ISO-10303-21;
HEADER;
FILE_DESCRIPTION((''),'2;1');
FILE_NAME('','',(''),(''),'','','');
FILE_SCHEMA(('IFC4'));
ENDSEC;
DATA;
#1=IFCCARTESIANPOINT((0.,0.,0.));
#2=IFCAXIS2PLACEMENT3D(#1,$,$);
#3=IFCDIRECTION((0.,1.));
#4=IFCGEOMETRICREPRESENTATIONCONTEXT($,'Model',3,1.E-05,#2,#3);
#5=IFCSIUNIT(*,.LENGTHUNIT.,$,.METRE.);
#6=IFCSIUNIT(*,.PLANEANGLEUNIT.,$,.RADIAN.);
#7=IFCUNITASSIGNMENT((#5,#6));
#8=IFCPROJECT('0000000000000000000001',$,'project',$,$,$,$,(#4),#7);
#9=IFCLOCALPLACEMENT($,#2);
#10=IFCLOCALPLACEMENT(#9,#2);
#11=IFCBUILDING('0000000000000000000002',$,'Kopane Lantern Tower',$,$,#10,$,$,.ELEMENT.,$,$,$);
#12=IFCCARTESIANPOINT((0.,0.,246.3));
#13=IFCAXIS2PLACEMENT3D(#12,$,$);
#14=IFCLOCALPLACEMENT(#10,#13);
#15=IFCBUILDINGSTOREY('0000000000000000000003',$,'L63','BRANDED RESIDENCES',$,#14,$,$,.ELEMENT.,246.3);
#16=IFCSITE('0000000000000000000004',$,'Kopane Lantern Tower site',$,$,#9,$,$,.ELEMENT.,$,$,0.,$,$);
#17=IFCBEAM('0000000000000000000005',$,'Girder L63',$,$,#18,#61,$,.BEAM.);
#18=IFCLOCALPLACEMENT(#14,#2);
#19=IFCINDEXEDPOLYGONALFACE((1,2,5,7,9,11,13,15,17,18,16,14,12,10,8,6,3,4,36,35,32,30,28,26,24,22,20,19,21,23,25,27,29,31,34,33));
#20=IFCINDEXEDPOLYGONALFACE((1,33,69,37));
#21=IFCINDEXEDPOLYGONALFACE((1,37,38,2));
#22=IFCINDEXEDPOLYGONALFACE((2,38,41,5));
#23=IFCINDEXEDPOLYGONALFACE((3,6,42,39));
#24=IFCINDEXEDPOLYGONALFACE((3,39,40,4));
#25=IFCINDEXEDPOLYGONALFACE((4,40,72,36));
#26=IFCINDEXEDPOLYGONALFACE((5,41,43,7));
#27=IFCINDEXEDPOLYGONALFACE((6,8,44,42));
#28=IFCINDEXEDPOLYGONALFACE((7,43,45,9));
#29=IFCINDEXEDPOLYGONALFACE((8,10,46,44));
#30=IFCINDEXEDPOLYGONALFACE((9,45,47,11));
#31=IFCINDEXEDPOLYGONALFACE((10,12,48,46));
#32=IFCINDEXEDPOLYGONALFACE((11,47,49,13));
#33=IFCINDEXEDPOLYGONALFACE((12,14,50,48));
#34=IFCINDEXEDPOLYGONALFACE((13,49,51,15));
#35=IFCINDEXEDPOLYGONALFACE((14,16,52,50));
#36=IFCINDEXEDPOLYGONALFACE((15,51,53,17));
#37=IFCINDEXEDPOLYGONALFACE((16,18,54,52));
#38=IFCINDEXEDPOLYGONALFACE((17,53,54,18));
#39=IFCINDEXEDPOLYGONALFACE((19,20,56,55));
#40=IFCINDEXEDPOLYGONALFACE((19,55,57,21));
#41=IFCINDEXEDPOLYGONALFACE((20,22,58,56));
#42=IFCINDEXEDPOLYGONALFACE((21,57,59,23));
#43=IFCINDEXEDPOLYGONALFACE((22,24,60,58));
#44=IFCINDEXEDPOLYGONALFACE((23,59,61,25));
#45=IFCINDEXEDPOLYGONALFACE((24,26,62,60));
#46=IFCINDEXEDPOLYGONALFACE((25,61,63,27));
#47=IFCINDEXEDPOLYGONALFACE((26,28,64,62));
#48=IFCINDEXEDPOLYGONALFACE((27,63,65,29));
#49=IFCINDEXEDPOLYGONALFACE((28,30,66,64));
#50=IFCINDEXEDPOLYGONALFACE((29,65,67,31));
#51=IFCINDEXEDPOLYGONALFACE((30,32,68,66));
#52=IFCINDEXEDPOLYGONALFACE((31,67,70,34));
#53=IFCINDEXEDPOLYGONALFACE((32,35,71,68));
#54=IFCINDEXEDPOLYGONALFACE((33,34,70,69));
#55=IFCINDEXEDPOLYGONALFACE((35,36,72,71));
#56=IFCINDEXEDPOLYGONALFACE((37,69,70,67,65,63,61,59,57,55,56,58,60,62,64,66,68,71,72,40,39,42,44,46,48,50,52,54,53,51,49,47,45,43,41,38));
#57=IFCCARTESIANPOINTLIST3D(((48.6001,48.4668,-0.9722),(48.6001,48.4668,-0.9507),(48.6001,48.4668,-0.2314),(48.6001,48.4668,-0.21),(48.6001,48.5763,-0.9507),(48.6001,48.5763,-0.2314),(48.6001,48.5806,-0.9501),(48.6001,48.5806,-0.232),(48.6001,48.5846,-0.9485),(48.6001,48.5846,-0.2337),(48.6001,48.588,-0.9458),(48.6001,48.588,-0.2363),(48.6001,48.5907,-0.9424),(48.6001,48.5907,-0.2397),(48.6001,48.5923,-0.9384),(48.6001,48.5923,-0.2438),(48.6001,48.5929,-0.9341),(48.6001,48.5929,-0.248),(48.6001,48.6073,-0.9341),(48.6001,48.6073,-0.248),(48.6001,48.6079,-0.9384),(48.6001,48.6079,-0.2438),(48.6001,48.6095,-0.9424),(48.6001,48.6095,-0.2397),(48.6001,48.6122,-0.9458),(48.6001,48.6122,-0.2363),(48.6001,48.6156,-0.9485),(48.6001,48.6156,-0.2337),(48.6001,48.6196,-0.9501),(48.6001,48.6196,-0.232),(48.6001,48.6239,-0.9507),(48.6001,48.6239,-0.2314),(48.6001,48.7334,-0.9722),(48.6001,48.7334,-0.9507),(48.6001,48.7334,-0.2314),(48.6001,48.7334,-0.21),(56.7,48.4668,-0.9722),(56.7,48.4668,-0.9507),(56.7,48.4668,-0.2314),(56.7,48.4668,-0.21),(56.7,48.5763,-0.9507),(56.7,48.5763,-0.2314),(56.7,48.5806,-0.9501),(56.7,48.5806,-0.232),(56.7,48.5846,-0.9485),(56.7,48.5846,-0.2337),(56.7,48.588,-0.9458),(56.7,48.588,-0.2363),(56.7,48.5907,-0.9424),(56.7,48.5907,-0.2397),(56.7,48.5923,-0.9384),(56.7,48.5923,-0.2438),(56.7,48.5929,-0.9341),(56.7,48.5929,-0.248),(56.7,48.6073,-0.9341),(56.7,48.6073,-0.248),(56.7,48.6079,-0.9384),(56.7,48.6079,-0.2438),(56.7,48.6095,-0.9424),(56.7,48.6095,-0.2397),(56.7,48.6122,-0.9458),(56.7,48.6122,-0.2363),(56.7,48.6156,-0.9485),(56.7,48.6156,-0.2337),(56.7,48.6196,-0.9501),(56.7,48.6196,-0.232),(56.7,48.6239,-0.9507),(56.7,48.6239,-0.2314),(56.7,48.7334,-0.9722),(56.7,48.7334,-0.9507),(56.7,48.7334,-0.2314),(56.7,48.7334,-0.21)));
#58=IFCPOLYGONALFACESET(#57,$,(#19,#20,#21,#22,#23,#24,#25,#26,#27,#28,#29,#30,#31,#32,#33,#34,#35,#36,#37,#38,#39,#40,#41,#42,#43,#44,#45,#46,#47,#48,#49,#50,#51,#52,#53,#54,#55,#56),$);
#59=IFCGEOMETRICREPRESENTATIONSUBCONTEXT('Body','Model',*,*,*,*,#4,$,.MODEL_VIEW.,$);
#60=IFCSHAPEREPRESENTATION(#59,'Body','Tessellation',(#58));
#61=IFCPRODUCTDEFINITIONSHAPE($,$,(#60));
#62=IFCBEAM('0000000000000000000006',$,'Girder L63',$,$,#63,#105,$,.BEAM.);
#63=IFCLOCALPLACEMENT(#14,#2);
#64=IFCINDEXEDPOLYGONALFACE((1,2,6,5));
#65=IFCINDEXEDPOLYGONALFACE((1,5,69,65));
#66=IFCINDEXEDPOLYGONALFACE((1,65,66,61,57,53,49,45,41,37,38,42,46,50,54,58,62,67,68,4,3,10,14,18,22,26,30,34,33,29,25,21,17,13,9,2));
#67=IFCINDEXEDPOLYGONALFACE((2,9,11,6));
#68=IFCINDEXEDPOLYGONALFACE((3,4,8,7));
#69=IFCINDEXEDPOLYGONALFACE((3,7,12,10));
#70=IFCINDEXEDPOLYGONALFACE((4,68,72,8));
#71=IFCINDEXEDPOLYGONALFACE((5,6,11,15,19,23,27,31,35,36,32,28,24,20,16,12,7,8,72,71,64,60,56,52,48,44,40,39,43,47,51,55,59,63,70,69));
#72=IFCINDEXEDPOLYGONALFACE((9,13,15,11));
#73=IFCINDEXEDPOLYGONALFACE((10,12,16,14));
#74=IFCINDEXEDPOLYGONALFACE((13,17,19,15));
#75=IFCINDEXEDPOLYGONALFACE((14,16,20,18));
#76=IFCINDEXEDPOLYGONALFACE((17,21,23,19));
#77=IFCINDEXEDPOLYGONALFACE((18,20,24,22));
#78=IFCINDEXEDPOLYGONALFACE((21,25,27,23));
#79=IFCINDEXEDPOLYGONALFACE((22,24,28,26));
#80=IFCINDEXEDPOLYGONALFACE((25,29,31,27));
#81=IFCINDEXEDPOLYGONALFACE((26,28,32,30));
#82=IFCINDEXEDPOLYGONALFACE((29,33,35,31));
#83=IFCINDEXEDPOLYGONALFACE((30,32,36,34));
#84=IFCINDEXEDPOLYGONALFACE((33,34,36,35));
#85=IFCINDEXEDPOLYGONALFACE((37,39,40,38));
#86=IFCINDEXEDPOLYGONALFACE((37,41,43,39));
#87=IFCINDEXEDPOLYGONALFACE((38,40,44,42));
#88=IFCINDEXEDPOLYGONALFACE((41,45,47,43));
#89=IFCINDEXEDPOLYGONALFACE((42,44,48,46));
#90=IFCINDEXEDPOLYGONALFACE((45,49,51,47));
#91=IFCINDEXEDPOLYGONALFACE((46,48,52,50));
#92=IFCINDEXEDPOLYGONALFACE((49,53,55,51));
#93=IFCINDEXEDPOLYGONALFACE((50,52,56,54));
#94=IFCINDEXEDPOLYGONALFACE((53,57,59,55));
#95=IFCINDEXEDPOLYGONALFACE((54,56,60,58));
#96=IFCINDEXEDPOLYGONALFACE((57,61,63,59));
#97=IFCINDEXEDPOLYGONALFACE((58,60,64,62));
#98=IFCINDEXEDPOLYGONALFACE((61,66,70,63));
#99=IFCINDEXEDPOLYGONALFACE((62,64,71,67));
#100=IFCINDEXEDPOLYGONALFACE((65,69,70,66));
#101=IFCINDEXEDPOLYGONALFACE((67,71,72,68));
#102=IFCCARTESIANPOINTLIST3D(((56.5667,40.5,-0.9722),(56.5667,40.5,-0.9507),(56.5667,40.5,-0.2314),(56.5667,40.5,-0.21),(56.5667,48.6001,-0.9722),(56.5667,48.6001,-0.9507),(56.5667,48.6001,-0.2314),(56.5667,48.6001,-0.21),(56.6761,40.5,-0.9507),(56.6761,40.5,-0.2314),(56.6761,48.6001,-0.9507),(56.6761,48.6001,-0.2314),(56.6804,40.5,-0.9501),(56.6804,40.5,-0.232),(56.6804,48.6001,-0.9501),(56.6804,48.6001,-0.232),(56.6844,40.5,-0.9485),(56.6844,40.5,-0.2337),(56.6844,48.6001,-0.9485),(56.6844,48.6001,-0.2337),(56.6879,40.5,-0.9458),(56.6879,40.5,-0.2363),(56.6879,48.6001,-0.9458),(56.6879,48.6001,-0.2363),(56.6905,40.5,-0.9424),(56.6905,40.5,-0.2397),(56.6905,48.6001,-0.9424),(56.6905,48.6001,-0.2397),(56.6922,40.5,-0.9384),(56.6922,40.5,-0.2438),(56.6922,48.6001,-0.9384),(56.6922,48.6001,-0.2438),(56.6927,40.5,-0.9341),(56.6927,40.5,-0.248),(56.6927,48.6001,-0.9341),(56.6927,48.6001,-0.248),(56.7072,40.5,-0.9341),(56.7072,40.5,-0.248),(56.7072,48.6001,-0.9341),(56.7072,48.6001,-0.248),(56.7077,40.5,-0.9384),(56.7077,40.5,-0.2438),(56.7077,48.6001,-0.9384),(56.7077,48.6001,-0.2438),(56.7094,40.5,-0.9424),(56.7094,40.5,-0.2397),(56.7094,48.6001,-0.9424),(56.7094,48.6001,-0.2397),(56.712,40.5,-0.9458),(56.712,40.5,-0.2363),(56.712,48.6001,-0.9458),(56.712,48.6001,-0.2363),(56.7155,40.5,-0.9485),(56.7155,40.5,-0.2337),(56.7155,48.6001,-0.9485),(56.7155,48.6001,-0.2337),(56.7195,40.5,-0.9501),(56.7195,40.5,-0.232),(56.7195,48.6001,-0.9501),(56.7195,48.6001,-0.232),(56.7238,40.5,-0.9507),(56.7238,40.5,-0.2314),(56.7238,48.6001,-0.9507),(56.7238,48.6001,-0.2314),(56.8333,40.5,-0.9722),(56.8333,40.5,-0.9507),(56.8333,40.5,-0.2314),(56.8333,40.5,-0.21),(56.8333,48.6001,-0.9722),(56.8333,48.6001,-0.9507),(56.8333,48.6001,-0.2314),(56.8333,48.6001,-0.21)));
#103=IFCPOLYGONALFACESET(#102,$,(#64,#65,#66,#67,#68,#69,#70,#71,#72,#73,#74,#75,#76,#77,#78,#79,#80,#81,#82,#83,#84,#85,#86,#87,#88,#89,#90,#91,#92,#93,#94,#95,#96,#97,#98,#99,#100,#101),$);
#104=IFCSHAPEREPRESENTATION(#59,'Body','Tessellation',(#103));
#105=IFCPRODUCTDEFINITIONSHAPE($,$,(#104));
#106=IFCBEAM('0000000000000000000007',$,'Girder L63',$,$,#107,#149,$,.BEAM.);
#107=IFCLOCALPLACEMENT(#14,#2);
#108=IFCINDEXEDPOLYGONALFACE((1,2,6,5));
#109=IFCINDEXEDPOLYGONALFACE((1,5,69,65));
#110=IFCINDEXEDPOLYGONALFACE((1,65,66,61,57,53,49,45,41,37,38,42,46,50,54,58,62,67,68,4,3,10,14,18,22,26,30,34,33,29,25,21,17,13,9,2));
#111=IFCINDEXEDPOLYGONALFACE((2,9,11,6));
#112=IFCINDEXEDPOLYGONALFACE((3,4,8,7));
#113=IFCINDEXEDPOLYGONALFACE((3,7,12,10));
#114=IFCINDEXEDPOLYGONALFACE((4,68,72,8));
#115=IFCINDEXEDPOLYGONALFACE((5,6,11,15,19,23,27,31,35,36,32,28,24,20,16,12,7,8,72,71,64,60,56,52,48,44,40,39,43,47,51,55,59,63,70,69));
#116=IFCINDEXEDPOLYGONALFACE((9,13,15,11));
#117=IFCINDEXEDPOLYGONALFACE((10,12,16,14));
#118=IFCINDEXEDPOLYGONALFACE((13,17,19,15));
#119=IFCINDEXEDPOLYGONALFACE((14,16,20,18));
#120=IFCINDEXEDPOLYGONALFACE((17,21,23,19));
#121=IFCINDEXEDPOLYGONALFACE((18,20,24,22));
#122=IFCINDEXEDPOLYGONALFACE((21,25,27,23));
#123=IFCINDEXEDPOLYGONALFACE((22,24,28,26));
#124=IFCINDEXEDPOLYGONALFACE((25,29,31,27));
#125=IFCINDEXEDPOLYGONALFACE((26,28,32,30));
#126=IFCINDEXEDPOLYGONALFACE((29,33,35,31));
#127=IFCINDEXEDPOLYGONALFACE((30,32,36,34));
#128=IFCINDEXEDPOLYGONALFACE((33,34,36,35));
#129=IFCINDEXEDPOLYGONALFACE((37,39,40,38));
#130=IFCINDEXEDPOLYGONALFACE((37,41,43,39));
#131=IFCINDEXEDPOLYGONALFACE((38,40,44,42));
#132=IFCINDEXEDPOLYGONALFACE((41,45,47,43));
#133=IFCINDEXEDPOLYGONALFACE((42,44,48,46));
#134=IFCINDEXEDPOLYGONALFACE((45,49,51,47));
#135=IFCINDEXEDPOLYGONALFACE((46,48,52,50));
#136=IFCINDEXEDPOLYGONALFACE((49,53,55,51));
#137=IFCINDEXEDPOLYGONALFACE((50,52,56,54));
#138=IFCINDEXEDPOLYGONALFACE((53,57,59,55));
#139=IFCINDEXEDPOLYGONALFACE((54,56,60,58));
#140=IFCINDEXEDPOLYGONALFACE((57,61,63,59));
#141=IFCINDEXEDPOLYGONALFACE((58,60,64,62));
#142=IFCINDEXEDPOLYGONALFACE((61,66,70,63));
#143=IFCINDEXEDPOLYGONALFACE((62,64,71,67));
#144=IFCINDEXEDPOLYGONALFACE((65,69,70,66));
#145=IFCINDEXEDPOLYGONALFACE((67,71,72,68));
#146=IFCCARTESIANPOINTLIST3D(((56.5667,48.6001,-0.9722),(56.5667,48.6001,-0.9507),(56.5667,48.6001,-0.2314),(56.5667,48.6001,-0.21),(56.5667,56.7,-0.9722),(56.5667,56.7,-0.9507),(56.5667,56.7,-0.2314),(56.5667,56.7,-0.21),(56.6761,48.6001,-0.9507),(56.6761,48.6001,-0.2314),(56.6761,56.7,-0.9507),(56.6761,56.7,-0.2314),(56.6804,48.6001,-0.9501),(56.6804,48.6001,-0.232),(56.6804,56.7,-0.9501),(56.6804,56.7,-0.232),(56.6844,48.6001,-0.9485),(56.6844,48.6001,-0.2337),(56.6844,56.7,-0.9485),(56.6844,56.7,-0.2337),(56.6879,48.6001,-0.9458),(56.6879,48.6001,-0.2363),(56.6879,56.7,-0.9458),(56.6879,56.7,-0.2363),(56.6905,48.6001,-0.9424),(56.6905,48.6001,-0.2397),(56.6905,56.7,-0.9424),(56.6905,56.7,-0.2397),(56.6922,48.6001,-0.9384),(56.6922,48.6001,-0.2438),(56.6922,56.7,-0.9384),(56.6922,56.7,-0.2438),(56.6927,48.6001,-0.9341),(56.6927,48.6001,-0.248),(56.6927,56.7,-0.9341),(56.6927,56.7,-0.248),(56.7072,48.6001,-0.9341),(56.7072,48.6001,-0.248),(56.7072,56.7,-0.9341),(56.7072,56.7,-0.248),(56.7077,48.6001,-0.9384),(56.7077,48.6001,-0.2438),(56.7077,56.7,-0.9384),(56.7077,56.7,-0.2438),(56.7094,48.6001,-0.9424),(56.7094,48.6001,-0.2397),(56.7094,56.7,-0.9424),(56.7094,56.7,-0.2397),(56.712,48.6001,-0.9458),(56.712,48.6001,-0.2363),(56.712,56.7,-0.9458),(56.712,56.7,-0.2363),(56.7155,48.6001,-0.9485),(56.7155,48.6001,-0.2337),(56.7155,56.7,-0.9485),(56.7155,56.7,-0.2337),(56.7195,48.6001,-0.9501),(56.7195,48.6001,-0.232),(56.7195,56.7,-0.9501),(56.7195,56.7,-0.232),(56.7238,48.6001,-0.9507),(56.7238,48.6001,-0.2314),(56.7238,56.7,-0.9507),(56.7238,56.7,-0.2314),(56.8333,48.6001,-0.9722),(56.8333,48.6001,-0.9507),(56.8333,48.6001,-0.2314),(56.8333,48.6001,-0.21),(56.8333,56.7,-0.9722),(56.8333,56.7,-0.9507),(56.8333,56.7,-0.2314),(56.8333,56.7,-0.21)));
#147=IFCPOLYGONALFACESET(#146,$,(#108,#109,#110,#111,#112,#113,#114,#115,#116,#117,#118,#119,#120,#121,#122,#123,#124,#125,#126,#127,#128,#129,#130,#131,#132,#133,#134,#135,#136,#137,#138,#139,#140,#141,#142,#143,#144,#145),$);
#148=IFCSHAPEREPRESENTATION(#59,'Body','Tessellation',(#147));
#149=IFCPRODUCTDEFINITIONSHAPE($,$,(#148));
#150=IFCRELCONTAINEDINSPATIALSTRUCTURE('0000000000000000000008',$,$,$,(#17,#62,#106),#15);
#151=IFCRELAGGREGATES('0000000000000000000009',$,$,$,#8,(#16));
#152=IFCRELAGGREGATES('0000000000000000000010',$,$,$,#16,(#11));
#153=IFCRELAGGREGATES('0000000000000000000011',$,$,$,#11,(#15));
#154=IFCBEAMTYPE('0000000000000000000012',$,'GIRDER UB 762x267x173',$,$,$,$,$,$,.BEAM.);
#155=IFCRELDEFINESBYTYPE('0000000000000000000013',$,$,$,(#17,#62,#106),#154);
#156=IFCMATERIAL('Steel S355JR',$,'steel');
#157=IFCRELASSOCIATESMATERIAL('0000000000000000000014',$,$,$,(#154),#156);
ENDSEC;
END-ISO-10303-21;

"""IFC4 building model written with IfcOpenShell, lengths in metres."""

from ifc_helpers import new_model, si_unit, direction, frame, origin, origin_2d, place, context, subcontext, project, spatial, i_section, extrude, material, material_profile, profile_set, type_object, element, save


model = new_model("IFC4")

# Units and contexts
model_context = context("Model", 3, precision=1e-05, world=origin(), true_north=direction((0.0, 1.0)))
body_context = subcontext(model_context, "Body", "Model", "MODEL_VIEW")
ifc_project = project(units=[si_unit("LENGTHUNIT", "METRE"), si_unit("PLANEANGLEUNIT", "RADIAN")], contexts=[model_context])

# Site, building, storey
site_placement = place(None, origin())
site = spatial("IfcSite", under=ifc_project, at=site_placement, Name="Kopane Lantern Tower site", CompositionType="ELEMENT", RefElevation=0.0)
building_placement = place(site_placement, origin())
building = spatial("IfcBuilding", under=site, at=building_placement, Name="Kopane Lantern Tower", CompositionType="ELEMENT")
storey_placement = place(building_placement, frame((0.0, 0.0, 246.3)))
storey = spatial("IfcBuildingStorey", under=building, at=storey_placement, Name="L63", Description="BRANDED RESIDENCES", CompositionType="ELEMENT", Elevation=246.3)

# Beams
ifc_material_1 = material(Name="Steel S355JR", Category="steel")
ifc_material_profile_1 = material_profile(ifc_material_1, i_section(OverallWidth=0.2666, OverallDepth=0.7622, WebThickness=0.0144, FlangeThickness=0.0215, FilletRadius=0.0166, at=origin_2d()), Name="UB 762x267x173")
ifc_profile_set_1 = profile_set([ifc_material_profile_1], Name="Steel S355JR")
beam_type = type_object("IfcBeamType", Name="GIRDER UB 762x267x173", PredefinedType="BEAM", material=ifc_profile_set_1)
for number, where, z_axis, x_axis, name in (
    (1, (48.6001, 48.6001, -0.5911), (1.0, 0.0, 0.0), (0.0, 1.0, 0.0), "Girder L63"),
):
    element("IfcBeam", number, at=place(storey_placement, frame(where, z_axis=z_axis, x_axis=x_axis)), inside=storey, type_object=beam_type, Name=name, PredefinedType="BEAM", context=body_context, shape_type="SweptSolid", body=[
        extrude(i_section(OverallWidth=0.2666, OverallDepth=0.7622, WebThickness=0.0144, FlangeThickness=0.0215, FilletRadius=0.0166, at=origin_2d()), origin(), (0.0, 0.0, 1.0), 8.0999),
    ])
beam_1_placement = place(storey_placement, frame((56.7, 40.5, -0.5911), z_axis=(0.0, 1.0, 0.0), x_axis=(-1.0, 0.0, 0.0)))
element("IfcBeam", 2, at=beam_1_placement, inside=storey, type_object=beam_type, Name="Girder L63", PredefinedType="BEAM", context=body_context, shape_type="SweptSolid", body=[
    extrude(i_section(OverallWidth=0.2666, OverallDepth=0.7622, WebThickness=0.0144, FlangeThickness=0.0215, FilletRadius=0.0166, at=origin_2d()), origin(), (0.0, 0.0, 1.0), 8.1001),
])
beam_2_placement = place(storey_placement, frame((56.7, 48.6001, -0.5911), z_axis=(0.0, 1.0, 0.0), x_axis=(-1.0, 0.0, 0.0)))
element("IfcBeam", 3, at=beam_2_placement, inside=storey, type_object=beam_type, Name="Girder L63", PredefinedType="BEAM", context=body_context, shape_type="SweptSolid", body=[
    extrude(i_section(OverallWidth=0.2666, OverallDepth=0.7622, WebThickness=0.0144, FlangeThickness=0.0215, FilletRadius=0.0166, at=origin_2d()), origin(), (0.0, 0.0, 1.0), 8.0999),
])

save(model, "model.ifc")
